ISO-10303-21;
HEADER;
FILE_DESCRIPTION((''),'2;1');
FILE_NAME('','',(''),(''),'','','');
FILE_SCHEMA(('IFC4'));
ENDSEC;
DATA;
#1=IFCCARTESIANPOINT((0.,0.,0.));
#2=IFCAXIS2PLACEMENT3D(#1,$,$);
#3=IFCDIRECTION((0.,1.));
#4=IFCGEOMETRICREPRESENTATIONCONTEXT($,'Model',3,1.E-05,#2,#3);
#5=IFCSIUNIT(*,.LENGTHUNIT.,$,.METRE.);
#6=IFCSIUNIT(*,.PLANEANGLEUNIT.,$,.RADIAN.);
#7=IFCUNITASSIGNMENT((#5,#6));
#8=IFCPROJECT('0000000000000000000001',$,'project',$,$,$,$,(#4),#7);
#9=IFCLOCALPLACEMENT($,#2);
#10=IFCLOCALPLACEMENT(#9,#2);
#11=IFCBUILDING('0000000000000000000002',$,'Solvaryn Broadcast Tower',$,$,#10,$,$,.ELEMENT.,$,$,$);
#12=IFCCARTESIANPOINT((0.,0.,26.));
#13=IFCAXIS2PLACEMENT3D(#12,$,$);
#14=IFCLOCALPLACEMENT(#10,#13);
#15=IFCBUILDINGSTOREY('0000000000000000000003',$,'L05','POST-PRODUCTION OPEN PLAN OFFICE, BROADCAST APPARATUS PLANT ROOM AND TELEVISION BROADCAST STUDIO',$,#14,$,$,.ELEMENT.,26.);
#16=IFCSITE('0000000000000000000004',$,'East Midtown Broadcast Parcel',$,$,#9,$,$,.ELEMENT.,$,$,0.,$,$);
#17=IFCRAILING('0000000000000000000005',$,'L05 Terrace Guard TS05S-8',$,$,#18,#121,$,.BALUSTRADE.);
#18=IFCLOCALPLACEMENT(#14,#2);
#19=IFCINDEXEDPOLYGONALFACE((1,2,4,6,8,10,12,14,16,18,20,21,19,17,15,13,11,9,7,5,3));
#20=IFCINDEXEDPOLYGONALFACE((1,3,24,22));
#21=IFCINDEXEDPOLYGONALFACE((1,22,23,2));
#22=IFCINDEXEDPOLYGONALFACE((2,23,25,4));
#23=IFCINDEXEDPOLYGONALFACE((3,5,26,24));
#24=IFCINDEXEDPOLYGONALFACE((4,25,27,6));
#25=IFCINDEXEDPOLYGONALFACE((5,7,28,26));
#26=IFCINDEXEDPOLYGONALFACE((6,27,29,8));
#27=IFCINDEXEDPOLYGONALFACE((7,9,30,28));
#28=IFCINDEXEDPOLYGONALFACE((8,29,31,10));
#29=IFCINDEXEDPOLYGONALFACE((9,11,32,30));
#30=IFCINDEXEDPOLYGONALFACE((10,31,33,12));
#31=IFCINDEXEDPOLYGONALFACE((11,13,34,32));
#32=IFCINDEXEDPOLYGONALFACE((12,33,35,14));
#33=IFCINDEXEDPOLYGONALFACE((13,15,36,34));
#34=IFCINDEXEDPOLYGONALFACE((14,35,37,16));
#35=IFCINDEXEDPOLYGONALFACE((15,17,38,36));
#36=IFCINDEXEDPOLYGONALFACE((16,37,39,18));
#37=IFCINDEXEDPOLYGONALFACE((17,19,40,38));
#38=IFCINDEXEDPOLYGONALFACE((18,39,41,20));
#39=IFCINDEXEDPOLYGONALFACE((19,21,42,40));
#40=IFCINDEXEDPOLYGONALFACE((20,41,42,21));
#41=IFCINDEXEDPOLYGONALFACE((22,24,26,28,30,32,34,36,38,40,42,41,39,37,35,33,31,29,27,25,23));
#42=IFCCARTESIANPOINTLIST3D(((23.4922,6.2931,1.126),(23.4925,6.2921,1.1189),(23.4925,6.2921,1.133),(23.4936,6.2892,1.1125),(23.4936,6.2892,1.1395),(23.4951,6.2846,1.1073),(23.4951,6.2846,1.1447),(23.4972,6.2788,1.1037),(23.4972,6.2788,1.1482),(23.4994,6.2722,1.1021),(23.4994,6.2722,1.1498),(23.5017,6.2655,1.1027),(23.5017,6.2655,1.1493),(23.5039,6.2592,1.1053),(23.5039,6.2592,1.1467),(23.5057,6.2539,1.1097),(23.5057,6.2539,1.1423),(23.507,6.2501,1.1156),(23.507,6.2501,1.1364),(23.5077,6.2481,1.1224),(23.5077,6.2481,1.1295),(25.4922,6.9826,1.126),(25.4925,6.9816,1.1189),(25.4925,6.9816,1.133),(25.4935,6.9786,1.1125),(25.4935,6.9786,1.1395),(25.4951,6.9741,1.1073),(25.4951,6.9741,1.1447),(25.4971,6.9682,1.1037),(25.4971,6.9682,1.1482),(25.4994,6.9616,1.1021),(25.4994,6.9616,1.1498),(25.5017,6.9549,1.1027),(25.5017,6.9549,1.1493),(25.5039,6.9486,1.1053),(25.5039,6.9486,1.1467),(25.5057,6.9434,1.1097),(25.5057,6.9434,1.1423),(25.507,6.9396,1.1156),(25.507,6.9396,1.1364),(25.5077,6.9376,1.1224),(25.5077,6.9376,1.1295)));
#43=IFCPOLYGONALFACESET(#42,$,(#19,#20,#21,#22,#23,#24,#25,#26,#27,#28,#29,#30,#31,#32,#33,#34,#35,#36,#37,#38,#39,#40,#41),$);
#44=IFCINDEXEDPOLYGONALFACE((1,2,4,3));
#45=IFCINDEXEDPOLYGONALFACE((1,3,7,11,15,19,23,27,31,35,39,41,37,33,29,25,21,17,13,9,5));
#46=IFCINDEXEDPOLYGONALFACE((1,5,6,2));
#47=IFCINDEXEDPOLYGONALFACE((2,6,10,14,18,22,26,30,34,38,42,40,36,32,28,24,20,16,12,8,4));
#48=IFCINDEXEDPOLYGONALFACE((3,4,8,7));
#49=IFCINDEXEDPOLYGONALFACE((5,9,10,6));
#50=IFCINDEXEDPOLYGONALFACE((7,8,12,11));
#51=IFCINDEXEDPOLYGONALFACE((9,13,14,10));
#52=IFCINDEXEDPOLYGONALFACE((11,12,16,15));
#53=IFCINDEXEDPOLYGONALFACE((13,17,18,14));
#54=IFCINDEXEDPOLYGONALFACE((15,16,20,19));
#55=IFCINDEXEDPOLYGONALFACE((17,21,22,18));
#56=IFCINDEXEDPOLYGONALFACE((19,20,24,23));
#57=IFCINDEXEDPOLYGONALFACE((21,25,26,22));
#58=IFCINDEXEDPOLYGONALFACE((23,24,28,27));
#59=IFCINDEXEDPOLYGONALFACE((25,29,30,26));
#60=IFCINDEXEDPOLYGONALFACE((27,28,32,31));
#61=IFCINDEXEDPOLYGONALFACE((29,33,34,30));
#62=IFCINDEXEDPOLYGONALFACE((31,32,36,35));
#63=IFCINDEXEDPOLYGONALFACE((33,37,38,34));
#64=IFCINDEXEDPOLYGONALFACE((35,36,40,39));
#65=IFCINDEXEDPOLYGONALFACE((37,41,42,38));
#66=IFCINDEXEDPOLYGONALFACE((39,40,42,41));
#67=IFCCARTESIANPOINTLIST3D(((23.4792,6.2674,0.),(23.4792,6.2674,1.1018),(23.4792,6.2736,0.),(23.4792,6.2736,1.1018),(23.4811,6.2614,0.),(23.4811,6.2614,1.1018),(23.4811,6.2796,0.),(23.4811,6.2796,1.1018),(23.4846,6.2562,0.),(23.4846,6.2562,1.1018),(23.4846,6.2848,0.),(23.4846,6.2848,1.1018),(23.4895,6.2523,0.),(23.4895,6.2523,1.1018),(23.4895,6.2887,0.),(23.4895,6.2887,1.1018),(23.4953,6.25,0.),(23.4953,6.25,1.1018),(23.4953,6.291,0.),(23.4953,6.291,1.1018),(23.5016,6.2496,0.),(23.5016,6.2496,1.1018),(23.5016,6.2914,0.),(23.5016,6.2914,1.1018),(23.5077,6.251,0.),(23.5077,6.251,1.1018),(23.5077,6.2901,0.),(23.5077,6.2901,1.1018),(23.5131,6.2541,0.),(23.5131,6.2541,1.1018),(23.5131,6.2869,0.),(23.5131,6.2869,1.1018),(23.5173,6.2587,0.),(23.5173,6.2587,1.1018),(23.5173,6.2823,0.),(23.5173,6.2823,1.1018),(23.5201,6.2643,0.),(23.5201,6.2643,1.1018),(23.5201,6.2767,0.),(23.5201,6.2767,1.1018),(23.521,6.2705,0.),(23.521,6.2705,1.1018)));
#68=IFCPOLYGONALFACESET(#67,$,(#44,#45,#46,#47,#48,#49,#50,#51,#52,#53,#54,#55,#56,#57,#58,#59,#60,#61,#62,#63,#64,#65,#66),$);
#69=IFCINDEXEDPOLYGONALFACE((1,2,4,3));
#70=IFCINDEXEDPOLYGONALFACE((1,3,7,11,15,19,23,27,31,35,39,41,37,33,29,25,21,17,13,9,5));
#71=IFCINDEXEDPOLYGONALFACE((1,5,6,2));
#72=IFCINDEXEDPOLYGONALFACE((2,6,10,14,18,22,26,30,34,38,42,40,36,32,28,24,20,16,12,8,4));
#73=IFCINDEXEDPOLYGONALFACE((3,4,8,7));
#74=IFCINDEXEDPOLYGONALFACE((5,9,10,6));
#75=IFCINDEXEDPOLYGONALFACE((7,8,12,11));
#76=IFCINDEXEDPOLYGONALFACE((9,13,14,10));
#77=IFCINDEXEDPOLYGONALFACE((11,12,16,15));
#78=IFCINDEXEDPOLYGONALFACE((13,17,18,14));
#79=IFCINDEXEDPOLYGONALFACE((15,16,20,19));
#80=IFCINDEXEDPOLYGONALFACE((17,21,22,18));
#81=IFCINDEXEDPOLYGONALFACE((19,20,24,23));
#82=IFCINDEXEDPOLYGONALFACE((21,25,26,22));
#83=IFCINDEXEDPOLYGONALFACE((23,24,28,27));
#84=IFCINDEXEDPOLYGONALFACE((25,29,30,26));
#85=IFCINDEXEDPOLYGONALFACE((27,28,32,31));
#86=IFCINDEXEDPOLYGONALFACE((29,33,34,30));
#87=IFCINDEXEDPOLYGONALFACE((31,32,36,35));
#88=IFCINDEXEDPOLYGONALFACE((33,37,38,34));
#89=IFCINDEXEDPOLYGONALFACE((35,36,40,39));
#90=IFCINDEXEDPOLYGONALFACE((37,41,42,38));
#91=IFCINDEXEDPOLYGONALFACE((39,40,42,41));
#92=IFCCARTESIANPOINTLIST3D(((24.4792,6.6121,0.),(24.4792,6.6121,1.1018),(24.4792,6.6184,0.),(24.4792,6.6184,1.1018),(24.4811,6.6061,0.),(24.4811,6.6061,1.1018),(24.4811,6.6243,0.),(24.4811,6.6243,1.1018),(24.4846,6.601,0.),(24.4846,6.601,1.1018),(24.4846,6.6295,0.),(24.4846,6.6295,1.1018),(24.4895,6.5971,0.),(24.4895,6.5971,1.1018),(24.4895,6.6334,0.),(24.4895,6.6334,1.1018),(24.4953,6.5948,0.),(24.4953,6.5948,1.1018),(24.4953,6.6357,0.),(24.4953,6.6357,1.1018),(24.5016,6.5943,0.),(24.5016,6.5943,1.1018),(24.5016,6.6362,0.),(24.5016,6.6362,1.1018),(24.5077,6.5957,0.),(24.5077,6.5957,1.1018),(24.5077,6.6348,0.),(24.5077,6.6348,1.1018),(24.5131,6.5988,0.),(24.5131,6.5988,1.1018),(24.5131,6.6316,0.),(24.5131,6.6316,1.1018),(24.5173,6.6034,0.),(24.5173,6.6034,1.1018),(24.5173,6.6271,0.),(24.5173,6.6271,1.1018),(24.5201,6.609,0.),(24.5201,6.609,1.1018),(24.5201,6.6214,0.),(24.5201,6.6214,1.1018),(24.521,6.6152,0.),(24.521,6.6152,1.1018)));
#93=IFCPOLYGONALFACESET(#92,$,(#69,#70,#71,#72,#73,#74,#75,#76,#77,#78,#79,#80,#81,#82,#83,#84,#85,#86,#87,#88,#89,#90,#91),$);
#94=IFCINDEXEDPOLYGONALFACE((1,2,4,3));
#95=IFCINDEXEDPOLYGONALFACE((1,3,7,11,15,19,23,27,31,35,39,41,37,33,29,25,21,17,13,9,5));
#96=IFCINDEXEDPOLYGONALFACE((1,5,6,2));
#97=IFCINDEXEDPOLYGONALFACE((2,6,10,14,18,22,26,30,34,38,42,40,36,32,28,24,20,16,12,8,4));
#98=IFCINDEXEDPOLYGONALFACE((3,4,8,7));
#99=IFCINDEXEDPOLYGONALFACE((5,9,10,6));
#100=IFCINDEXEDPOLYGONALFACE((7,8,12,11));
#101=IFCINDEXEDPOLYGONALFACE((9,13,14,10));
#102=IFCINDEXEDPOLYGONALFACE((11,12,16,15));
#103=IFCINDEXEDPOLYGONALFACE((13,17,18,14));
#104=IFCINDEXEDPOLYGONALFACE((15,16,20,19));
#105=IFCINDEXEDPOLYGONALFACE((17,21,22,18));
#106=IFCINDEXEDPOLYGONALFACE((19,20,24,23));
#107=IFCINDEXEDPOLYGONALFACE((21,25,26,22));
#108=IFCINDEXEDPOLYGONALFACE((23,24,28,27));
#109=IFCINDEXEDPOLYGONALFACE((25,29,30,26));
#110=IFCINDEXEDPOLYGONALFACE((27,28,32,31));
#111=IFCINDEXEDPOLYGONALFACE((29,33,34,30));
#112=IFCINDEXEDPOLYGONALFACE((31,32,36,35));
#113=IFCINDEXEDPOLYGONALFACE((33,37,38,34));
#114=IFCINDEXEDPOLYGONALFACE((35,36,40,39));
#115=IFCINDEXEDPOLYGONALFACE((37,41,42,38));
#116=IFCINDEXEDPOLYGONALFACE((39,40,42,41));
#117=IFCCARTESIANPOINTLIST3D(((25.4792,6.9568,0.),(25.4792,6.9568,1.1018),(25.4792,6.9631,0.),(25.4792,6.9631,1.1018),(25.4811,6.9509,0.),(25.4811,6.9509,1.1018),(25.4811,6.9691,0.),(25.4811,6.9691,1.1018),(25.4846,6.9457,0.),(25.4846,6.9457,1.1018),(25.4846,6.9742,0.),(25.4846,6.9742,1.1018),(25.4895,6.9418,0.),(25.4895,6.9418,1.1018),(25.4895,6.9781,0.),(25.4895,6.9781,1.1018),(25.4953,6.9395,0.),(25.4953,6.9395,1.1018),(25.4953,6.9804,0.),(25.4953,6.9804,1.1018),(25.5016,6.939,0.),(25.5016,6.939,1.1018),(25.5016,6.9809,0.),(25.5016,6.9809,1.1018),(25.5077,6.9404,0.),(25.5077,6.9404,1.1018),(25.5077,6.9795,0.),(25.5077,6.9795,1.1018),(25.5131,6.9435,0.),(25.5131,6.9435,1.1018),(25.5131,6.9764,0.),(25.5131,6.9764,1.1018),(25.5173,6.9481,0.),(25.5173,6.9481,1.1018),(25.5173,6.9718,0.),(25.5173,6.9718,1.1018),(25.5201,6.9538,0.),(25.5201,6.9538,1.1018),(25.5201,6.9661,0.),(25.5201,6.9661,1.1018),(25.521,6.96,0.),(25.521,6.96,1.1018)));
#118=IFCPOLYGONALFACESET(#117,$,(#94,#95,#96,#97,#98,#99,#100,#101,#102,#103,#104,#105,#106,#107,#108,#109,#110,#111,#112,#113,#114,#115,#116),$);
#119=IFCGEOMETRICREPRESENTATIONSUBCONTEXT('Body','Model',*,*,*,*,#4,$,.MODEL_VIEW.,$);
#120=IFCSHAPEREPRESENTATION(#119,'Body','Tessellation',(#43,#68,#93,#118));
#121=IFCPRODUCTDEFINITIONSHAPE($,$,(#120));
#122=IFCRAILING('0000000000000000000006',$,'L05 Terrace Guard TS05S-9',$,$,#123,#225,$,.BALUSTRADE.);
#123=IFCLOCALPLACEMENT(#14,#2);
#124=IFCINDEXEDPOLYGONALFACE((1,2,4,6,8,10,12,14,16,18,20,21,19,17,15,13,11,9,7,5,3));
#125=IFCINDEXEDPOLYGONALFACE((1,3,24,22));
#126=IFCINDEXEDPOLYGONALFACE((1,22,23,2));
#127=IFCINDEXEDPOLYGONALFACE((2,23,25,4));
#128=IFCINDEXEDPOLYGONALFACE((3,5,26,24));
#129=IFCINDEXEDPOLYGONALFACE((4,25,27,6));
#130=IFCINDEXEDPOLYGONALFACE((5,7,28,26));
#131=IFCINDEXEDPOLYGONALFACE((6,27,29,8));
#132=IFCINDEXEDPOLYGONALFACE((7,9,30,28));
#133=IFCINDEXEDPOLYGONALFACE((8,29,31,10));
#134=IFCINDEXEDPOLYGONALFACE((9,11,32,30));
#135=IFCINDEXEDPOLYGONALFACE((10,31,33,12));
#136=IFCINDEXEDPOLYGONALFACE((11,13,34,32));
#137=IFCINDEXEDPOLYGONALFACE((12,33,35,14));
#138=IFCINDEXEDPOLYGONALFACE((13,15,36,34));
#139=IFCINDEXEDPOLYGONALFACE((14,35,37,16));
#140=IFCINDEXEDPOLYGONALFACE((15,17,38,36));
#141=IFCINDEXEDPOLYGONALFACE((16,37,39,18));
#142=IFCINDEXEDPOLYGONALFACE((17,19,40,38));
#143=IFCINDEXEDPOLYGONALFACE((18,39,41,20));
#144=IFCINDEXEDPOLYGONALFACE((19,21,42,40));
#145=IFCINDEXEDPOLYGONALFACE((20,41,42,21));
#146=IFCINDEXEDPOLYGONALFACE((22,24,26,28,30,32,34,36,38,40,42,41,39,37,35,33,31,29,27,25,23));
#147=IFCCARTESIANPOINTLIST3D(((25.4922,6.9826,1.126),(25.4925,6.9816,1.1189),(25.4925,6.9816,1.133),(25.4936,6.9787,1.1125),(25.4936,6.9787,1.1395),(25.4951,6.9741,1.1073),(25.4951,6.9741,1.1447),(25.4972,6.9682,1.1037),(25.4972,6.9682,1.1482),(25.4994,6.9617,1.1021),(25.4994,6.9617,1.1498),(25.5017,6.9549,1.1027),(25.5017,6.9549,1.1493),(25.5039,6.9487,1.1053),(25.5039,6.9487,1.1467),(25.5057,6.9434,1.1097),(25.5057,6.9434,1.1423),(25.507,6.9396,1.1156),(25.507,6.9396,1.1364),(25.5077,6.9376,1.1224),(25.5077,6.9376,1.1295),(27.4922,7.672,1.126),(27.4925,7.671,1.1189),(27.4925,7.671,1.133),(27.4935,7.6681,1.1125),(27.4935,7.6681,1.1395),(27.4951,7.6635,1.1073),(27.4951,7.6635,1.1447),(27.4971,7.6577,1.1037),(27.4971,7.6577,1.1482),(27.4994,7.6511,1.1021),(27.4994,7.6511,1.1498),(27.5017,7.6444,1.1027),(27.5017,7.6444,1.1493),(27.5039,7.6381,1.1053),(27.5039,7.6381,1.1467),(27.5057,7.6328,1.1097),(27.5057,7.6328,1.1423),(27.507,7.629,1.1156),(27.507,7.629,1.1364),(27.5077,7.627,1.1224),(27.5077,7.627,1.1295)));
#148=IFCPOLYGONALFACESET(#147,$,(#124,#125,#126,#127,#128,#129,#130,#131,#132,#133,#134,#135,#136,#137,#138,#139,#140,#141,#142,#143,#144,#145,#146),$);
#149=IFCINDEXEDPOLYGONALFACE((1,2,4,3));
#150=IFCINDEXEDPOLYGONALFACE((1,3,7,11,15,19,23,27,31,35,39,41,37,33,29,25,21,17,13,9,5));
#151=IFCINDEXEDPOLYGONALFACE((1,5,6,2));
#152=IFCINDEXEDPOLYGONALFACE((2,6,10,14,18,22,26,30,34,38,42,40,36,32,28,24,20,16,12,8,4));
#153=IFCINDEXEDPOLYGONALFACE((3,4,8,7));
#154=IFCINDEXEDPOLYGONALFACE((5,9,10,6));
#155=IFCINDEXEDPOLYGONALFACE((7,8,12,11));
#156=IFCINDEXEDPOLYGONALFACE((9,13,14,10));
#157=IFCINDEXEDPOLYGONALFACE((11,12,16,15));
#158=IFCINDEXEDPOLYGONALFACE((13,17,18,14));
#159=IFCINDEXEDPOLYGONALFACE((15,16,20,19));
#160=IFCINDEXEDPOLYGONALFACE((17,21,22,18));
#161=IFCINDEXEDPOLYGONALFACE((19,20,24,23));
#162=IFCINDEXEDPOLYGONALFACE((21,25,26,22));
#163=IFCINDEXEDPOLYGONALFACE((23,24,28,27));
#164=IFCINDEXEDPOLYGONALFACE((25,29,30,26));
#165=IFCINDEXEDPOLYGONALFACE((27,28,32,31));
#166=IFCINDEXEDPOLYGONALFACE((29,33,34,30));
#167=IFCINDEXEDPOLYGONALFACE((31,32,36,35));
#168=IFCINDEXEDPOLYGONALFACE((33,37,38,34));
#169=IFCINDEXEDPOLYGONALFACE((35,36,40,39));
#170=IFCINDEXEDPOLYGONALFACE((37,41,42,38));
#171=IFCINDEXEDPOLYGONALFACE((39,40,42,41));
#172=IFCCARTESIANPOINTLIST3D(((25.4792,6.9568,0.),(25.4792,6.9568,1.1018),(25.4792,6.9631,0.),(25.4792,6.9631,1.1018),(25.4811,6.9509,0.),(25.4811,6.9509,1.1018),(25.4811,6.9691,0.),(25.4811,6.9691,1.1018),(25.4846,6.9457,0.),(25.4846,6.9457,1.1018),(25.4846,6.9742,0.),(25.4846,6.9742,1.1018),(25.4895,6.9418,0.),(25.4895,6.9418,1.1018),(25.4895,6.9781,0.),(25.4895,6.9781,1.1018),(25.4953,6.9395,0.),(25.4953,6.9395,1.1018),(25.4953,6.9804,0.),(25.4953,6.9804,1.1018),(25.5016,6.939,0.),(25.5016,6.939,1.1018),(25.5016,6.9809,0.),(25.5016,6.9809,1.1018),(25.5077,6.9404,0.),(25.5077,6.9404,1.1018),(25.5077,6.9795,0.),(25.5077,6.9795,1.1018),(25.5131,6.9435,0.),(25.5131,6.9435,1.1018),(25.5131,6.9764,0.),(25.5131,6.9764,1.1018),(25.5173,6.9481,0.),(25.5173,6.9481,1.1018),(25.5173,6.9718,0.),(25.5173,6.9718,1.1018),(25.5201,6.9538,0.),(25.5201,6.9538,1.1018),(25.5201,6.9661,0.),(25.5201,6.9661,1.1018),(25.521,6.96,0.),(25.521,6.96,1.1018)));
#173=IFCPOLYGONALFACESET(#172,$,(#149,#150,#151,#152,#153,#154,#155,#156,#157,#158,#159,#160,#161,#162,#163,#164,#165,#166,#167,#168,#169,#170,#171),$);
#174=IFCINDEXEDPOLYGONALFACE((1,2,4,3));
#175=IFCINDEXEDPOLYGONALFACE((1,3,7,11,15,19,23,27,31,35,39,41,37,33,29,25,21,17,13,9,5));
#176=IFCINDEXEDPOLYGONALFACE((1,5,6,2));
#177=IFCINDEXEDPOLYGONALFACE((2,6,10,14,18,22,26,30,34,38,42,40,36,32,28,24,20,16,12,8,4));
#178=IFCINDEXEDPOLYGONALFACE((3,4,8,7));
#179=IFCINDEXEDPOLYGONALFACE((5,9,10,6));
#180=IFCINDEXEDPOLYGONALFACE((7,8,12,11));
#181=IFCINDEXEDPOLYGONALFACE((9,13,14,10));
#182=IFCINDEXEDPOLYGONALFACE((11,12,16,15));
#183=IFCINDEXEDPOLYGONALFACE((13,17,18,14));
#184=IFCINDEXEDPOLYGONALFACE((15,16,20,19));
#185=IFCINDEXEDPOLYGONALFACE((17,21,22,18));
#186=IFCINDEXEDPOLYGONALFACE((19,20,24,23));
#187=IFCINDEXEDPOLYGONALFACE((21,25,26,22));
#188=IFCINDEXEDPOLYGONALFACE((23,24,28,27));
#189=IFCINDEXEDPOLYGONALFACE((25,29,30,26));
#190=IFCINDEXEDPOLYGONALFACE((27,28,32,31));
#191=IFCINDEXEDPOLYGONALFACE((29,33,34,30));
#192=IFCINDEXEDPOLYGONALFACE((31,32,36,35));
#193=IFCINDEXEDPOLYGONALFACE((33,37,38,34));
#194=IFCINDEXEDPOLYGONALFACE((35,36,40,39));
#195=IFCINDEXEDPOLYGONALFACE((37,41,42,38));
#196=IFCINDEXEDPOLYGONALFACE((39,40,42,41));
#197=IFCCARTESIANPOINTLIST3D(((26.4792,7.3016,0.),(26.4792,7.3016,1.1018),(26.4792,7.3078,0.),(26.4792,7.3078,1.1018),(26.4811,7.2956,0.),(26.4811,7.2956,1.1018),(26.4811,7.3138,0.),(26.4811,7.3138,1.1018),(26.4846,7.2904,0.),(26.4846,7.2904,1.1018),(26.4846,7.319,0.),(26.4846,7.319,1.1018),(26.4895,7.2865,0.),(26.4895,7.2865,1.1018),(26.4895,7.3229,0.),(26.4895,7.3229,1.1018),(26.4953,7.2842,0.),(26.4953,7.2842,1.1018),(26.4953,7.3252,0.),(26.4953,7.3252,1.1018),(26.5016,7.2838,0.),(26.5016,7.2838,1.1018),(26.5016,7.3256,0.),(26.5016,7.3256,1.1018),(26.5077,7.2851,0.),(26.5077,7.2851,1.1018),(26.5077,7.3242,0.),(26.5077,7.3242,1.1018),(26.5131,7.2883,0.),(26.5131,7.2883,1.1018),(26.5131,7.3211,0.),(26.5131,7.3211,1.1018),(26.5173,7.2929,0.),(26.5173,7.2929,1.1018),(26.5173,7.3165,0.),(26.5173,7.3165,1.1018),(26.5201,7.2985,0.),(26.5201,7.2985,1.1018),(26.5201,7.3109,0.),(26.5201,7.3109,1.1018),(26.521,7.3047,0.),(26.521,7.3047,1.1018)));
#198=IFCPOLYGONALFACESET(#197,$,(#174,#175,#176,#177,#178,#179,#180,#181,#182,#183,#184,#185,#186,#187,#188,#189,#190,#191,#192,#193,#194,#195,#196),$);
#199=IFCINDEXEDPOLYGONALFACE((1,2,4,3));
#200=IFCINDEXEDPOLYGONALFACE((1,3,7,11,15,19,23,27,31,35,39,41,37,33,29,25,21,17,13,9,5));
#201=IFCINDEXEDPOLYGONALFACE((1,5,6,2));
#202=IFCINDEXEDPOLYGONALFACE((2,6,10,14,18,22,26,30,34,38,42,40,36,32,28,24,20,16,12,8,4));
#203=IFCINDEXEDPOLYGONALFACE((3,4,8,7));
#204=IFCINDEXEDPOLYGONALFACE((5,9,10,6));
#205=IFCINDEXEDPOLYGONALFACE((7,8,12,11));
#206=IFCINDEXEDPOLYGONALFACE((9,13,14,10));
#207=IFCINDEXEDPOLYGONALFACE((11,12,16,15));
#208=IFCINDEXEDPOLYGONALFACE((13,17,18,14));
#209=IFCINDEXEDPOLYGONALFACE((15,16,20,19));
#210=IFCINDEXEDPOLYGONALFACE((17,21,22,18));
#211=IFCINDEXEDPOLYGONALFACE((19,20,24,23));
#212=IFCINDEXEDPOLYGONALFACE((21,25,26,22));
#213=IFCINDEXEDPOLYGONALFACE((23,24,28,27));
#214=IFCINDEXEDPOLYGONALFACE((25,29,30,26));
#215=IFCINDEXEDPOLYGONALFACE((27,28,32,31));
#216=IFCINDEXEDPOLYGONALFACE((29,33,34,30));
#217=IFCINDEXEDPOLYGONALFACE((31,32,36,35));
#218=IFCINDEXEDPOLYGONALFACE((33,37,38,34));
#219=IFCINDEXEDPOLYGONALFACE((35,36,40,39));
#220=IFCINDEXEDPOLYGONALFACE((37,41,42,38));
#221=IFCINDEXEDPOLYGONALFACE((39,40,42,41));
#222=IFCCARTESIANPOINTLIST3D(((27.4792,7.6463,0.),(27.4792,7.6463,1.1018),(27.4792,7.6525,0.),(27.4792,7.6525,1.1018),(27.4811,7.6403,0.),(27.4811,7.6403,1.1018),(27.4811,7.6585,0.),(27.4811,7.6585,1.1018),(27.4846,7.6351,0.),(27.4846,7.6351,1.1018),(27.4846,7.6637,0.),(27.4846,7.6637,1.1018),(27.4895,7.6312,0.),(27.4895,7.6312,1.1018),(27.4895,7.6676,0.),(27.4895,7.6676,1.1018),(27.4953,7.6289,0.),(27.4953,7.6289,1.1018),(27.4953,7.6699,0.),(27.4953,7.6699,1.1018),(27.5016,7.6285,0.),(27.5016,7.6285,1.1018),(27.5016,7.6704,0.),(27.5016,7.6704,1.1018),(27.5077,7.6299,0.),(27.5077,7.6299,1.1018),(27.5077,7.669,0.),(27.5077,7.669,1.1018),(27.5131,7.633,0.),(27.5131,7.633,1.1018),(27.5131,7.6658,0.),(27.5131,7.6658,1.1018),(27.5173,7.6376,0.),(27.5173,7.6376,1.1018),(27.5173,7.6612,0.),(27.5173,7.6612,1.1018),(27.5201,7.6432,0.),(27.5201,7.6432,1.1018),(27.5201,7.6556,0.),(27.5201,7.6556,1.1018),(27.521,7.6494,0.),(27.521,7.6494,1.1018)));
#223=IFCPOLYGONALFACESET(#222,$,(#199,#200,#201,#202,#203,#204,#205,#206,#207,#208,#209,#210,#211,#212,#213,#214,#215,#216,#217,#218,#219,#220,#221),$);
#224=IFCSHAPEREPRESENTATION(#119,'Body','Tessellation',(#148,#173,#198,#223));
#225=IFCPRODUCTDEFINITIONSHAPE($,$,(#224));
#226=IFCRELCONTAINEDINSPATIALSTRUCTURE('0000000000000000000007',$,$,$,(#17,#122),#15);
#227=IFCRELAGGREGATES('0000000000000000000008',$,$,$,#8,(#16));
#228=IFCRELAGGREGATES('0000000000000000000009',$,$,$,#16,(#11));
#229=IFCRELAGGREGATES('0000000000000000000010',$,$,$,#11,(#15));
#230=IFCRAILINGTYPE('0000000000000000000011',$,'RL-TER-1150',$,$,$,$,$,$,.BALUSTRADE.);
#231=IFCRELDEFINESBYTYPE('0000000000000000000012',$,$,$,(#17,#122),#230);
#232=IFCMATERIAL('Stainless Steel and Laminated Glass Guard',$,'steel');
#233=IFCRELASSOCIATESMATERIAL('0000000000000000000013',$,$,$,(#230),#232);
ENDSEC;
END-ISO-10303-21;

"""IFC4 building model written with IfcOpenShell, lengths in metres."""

from ifc_helpers import new_model, si_unit, direction, frame, origin, origin_2d, place, context, subcontext, project, spatial, circle, extrude, material, type_object, element, save


model = new_model("IFC4")

# Units and contexts
model_context = context("Model", 3, precision=1e-05, world=origin(), true_north=direction((0.0, 1.0)))
body_context = subcontext(model_context, "Body", "Model", "MODEL_VIEW")
ifc_project = project(units=[si_unit("LENGTHUNIT", "METRE"), si_unit("PLANEANGLEUNIT", "RADIAN")], contexts=[model_context])

# Site, building, storey
site_placement = place(None, origin())
site = spatial("IfcSite", under=ifc_project, at=site_placement, Name="East Midtown Broadcast Parcel", CompositionType="ELEMENT", RefElevation=0.0)
building_placement = place(site_placement, origin())
building = spatial("IfcBuilding", under=site, at=building_placement, Name="Solvaryn Broadcast Tower", CompositionType="ELEMENT")
storey_placement = place(building_placement, frame((0.0, 0.0, 26.0)))
storey = spatial("IfcBuildingStorey", under=building, at=storey_placement, Name="L05", Description="POST-PRODUCTION OPEN PLAN OFFICE, BROADCAST APPARATUS PLANT ROOM AND TELEVISION BROADCAST STUDIO", CompositionType="ELEMENT", Elevation=26.0)

# Railings
ifc_material_1 = material(Name="Stainless Steel and Laminated Glass Guard", Category="steel")
railing_type = type_object("IfcRailingType", Name="RL-TER-1150", PredefinedType="BALUSTRADE", material=ifc_material_1)
for number, where, name in (
    (1, (23.5, 6.2705, 0.0), "L05 Terrace Guard TS05S-8"),
    (2, (25.5, 6.96, 0.0), "L05 Terrace Guard TS05S-9"),
):
    element("IfcRailing", number, at=place(storey_placement, frame(where)), inside=storey, type_object=railing_type, Name=name, PredefinedType="BALUSTRADE", context=body_context, shape_type="SweptSolid", body=[
        extrude(circle(Radius=0.0239, at=origin_2d()), frame((0.0, 0.0, 1.126), z_axis=(0.945402, 0.325905, 0.0), x_axis=(-0.325905, 0.945402, 0.0)), (0.0, 0.0, 1.0), 2.1155),
        extrude(circle(Radius=0.021, at=origin_2d()), origin(), (0.0, 0.0, 1.0), 1.1018),
        extrude(circle(Radius=0.021, at=origin_2d()), frame((1.0, 0.3447, 0.0)), (0.0, 0.0, 1.0), 1.1018),
        extrude(circle(Radius=0.021, at=origin_2d()), frame((2.0, 0.6895, 0.0)), (0.0, 0.0, 1.0), 1.1018),
    ])

save(model, "model.ifc")
